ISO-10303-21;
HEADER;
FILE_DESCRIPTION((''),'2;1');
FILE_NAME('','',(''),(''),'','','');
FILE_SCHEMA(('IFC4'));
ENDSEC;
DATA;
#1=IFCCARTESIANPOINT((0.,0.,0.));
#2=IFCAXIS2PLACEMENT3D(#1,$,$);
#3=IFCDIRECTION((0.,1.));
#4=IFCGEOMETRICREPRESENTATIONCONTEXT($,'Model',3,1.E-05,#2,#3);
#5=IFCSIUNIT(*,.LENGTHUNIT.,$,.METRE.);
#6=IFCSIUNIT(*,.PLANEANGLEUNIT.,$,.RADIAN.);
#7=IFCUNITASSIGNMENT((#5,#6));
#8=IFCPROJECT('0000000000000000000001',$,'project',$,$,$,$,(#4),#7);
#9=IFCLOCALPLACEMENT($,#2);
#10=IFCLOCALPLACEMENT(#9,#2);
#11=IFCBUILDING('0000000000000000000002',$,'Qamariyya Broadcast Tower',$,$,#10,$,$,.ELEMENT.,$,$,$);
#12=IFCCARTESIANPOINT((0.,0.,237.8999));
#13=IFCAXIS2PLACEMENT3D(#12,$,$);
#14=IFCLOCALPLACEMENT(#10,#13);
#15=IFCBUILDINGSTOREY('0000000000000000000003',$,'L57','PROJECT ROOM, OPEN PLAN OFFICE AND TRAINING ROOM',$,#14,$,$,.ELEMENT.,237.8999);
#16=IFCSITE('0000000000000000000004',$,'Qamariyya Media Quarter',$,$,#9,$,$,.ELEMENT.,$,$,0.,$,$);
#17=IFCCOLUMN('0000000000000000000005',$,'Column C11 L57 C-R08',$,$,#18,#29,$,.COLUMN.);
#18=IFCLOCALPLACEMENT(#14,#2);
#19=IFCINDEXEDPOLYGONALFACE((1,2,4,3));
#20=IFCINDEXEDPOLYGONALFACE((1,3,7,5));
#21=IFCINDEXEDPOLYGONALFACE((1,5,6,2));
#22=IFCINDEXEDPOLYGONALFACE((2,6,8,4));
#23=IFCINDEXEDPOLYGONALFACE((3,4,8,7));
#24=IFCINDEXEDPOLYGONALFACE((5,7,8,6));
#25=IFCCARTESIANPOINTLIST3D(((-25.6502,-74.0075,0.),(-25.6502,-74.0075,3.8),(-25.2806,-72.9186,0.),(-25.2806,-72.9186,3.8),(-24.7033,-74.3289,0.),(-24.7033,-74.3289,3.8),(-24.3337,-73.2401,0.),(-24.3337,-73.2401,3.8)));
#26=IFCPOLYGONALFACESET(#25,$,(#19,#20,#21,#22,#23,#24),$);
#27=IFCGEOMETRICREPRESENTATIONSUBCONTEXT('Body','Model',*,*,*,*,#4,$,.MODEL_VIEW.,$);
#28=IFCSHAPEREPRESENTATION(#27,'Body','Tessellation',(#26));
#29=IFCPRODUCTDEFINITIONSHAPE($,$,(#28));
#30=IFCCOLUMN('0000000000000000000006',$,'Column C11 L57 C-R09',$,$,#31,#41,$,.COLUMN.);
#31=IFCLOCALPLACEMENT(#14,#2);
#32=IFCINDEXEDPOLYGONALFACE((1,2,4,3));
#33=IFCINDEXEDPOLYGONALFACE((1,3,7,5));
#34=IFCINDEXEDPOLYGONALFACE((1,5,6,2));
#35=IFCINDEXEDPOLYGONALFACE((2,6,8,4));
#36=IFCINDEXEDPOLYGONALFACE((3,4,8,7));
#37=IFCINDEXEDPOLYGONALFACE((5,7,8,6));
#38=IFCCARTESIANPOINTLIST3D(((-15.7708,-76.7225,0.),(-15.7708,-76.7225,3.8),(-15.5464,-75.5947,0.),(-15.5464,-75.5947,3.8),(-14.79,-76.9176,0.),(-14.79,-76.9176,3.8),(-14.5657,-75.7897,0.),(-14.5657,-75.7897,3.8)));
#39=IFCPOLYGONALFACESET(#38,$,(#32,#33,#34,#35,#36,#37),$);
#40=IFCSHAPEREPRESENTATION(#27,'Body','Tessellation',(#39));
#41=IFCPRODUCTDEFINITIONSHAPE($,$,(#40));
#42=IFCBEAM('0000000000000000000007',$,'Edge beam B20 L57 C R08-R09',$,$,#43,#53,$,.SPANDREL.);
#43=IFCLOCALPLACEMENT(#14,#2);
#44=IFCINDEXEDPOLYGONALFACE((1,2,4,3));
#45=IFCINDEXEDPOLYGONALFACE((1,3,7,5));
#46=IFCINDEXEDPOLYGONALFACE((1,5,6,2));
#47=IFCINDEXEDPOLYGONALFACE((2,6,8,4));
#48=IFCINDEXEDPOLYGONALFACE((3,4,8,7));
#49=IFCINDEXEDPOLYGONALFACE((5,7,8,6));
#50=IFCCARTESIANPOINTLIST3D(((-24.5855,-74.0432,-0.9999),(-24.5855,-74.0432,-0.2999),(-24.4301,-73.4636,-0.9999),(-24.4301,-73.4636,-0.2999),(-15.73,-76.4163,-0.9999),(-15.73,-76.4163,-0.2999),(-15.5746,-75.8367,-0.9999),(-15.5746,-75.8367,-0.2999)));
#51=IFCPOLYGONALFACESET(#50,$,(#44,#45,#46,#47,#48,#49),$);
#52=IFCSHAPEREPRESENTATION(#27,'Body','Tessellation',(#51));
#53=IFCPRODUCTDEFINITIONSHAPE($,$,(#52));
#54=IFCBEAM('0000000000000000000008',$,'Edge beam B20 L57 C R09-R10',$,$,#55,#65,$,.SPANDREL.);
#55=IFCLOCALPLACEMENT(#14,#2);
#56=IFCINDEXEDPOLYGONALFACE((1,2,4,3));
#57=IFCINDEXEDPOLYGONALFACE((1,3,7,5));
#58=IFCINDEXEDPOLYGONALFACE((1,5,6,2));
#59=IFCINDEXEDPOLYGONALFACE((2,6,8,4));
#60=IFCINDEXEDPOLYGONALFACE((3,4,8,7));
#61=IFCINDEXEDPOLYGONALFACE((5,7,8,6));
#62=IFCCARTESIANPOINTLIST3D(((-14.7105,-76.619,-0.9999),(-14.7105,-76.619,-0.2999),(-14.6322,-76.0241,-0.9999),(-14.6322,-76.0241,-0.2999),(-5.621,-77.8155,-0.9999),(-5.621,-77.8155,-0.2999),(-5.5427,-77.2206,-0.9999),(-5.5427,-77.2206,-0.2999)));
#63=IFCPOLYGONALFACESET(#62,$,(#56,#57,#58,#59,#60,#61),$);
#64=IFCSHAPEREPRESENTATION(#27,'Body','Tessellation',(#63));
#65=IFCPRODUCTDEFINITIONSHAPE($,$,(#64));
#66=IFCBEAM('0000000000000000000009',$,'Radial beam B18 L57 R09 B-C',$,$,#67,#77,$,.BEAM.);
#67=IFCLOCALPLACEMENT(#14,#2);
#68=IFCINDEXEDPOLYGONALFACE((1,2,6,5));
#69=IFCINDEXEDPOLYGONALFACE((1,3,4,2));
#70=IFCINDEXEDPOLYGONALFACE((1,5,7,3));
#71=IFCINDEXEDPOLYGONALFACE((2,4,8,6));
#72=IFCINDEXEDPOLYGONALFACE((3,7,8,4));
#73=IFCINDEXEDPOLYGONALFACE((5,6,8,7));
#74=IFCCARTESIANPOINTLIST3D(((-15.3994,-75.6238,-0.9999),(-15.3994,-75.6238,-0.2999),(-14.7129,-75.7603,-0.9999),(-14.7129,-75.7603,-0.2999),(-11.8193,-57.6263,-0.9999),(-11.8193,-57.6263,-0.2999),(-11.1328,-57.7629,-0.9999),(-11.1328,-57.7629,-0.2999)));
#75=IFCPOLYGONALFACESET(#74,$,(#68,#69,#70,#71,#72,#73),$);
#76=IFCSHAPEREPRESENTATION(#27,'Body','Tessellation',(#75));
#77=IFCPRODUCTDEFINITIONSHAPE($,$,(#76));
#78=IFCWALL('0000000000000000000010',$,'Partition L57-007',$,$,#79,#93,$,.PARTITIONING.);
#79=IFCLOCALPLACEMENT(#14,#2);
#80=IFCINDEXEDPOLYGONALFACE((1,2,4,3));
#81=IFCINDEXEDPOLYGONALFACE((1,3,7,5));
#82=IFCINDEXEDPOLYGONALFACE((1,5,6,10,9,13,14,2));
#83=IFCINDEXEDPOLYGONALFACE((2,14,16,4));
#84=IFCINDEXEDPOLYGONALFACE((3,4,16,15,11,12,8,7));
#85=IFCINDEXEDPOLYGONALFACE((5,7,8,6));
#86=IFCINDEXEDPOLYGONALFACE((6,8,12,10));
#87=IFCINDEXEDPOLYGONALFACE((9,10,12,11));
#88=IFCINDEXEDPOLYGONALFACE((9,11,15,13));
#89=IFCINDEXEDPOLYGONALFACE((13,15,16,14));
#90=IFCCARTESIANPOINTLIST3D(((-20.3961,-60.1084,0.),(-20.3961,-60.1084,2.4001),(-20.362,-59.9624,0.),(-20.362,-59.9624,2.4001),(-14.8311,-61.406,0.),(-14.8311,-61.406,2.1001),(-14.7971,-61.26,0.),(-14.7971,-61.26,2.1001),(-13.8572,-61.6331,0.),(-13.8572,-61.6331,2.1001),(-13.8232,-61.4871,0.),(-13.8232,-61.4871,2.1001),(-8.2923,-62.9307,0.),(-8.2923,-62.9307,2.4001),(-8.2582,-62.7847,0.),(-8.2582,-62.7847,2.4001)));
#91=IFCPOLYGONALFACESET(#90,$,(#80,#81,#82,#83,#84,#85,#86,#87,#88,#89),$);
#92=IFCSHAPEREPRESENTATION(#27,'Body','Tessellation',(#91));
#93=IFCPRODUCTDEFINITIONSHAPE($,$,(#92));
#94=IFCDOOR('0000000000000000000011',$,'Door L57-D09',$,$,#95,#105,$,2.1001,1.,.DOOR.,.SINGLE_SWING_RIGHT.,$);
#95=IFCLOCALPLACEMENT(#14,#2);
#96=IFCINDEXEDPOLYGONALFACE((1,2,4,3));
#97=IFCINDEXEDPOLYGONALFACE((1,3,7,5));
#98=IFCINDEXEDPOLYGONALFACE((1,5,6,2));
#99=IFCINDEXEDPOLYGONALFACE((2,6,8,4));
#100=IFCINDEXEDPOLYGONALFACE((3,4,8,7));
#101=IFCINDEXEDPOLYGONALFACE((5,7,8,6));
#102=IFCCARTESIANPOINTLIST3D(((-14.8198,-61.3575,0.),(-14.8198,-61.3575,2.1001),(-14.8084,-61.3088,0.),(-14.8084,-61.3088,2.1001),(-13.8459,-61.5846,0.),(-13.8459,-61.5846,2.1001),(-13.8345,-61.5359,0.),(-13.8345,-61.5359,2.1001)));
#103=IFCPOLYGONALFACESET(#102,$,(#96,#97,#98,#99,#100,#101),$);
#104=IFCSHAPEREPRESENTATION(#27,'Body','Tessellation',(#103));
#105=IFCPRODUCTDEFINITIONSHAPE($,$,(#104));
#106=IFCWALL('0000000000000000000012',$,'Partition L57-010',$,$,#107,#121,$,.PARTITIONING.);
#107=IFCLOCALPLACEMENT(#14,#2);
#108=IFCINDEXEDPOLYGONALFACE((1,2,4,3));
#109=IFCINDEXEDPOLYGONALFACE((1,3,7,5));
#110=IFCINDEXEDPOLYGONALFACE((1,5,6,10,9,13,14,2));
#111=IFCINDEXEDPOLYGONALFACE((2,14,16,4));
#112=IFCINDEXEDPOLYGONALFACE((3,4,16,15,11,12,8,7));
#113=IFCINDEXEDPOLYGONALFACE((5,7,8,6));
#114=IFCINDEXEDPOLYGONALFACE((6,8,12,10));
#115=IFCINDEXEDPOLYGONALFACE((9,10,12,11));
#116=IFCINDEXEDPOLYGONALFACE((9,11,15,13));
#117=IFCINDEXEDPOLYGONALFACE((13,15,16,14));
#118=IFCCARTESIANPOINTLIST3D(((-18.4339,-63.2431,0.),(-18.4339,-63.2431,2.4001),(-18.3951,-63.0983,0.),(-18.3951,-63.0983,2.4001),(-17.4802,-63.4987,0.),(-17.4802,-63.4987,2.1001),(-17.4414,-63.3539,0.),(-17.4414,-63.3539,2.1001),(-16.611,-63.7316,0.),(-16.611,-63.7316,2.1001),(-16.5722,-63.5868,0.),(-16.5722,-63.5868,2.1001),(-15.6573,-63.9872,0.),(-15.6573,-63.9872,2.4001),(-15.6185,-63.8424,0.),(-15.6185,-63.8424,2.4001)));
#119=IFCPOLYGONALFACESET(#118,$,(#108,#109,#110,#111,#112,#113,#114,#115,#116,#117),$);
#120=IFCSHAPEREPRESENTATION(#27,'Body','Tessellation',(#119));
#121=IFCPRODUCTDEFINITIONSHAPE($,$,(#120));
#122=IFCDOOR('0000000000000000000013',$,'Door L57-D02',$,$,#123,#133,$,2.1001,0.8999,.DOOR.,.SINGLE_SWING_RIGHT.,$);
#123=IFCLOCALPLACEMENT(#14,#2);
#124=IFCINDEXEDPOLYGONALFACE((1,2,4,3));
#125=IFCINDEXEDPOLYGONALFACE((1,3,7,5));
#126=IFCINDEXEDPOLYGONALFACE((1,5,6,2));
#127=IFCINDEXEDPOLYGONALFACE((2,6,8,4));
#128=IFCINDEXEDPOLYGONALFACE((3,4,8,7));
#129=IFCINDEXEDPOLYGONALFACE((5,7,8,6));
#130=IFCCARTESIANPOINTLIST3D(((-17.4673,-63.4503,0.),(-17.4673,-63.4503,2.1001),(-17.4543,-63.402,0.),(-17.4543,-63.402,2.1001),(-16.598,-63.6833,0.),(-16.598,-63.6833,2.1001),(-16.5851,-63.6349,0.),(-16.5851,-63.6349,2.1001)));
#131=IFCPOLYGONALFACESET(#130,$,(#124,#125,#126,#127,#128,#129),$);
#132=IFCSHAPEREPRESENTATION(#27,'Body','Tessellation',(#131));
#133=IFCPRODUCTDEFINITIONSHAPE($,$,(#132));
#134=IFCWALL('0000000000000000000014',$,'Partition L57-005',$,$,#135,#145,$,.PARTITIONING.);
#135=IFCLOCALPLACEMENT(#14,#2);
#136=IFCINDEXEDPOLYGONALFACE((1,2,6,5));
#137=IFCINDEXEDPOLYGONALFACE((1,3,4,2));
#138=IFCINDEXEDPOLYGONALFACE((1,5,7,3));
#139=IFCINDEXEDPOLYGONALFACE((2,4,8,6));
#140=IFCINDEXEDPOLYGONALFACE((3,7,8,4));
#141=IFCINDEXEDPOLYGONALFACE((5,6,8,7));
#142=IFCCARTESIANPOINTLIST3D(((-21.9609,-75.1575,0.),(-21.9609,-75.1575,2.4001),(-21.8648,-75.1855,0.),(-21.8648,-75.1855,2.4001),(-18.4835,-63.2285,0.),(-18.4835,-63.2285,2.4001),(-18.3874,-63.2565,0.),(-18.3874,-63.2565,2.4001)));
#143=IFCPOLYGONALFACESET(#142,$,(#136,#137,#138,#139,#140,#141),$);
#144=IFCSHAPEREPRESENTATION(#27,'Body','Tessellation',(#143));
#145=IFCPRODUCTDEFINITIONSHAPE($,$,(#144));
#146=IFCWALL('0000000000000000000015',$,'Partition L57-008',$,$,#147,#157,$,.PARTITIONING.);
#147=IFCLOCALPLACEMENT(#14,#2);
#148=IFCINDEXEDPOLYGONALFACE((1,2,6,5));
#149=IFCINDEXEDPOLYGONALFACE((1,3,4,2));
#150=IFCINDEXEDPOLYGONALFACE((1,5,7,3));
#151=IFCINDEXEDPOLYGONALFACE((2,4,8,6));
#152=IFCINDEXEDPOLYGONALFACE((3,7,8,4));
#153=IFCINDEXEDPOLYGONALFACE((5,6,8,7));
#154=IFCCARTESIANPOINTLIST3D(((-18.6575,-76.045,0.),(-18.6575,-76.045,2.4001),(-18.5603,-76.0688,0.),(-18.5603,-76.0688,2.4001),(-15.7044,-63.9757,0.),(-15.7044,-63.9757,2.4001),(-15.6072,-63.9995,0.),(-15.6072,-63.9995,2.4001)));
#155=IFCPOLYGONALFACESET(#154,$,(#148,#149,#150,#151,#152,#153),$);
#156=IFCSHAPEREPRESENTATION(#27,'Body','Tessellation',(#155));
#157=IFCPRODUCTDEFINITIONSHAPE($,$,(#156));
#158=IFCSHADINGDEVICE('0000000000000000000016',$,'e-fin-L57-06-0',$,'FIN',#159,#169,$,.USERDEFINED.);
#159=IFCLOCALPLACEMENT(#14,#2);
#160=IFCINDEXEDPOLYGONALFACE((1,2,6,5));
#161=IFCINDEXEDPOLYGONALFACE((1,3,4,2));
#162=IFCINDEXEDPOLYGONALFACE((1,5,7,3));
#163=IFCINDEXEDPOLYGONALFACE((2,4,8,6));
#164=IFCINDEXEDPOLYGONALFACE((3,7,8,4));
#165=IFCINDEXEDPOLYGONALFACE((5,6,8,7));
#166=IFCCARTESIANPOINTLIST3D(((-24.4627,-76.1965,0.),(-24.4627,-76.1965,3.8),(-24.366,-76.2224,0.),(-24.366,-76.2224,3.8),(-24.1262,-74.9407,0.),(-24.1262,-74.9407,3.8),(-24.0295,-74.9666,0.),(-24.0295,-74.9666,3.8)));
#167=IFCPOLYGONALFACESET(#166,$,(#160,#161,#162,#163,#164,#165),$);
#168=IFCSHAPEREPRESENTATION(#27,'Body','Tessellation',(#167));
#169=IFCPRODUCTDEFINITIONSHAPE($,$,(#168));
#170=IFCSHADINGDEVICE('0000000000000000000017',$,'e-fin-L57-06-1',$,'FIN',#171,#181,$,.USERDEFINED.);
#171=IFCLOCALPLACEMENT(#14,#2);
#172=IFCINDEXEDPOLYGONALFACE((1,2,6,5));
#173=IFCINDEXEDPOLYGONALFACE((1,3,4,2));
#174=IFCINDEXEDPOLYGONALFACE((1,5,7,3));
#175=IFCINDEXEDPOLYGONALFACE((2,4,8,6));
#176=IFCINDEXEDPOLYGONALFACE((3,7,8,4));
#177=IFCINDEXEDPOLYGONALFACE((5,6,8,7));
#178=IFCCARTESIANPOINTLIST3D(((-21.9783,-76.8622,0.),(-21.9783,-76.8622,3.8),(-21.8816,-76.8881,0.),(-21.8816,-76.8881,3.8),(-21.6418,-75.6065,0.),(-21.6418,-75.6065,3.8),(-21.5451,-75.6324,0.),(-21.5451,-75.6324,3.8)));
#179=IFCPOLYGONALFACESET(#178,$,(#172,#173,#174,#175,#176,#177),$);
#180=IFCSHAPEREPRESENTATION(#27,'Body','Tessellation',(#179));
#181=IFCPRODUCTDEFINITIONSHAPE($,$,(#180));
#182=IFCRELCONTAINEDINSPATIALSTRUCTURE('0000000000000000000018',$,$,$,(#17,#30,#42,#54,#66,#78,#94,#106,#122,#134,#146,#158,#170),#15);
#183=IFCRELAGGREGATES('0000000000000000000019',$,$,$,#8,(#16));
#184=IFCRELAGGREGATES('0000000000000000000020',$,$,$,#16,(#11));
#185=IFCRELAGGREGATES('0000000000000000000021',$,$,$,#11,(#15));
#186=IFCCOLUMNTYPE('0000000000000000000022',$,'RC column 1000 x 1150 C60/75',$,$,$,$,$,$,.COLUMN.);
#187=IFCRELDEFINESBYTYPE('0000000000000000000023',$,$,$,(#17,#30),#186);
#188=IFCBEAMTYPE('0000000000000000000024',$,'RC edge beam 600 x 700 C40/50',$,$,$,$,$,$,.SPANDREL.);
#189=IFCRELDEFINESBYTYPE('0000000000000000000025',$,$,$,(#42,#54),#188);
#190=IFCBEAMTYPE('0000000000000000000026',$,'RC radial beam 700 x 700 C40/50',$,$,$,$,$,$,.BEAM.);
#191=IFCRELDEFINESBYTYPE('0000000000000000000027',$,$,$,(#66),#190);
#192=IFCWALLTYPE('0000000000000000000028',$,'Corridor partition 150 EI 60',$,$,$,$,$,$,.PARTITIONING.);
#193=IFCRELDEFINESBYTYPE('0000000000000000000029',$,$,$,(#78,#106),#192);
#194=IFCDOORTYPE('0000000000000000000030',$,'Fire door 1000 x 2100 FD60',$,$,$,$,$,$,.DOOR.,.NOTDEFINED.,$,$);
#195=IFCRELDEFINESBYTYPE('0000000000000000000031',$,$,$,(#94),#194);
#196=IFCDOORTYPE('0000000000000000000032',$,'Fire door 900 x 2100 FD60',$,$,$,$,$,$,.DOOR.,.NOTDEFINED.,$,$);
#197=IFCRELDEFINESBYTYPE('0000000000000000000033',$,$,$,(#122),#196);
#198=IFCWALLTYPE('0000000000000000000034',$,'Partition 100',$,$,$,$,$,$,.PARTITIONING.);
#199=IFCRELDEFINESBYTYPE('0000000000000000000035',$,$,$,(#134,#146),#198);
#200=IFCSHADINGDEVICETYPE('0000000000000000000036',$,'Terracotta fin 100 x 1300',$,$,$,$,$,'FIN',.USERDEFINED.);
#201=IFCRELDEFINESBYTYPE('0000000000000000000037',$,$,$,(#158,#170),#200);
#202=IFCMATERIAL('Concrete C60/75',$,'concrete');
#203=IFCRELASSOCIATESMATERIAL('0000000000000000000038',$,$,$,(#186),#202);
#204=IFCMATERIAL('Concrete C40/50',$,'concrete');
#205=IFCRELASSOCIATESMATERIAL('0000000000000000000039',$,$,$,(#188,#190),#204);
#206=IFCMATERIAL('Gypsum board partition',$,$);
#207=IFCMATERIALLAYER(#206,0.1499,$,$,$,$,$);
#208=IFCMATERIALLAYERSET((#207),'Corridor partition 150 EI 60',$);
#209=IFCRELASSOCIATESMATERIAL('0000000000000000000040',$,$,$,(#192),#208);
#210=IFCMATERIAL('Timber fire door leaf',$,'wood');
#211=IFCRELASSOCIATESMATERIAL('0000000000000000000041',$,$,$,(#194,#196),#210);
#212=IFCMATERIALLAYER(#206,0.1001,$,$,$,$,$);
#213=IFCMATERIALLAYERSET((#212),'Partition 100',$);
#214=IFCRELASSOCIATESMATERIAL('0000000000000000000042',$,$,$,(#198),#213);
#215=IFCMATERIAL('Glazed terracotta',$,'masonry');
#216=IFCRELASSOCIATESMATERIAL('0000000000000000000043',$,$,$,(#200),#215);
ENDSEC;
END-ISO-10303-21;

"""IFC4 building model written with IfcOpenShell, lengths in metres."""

from ifc_helpers import new_model, si_unit, direction, frame, frame_2d, origin, origin_2d, place, context, subcontext, project, spatial, rectangle, extrude, material, layer, layer_set, material_profile, profile_set, type_object, element, fill, save


model = new_model("IFC4")

# Units and contexts
model_context = context("Model", 3, precision=1e-05, world=origin(), true_north=direction((0.0, 1.0)))
body_context = subcontext(model_context, "Body", "Model", "MODEL_VIEW")
ifc_project = project(units=[si_unit("LENGTHUNIT", "METRE"), si_unit("PLANEANGLEUNIT", "RADIAN")], contexts=[model_context])

# Site, building, storey
site_placement = place(None, origin())
site = spatial("IfcSite", under=ifc_project, at=site_placement, Name="Qamariyya Media Quarter", CompositionType="ELEMENT", RefElevation=0.0)
building_placement = place(site_placement, origin())
building = spatial("IfcBuilding", under=site, at=building_placement, Name="Qamariyya Broadcast Tower", CompositionType="ELEMENT")
storey_placement = place(building_placement, frame((0.0, 0.0, 237.8999)))
storey = spatial("IfcBuildingStorey", under=building, at=storey_placement, Name="L57", Description="PROJECT ROOM, OPEN PLAN OFFICE AND TRAINING ROOM", CompositionType="ELEMENT", Elevation=237.8999)

# Columns
ifc_material_1 = material(Name="Concrete C60/75", Category="concrete")
ifc_material_profile_1 = material_profile(ifc_material_1, rectangle(XDim=1.0, YDim=1.1499, at=origin_2d()))
ifc_profile_set_1 = profile_set([ifc_material_profile_1], Name="Concrete C60/75")
column_type = type_object("IfcColumnType", Name="RC column 1000 x 1150 C60/75", PredefinedType="COLUMN", material=ifc_profile_set_1)
for number, where, z_axis, x_axis, name in (
    (1, (-24.9919, -73.6238, 0.0), (0.0, 0.0, 1.0), (0.94693, -0.321439, 0.0), "Column C11 L57 C-R08"),
    (2, (-15.1682, -76.2561, 0.0), (0.0, 0.0, 1.0), (0.980785, -0.19509, 0.0), "Column C11 L57 C-R09"),
):
    element("IfcColumn", number, at=place(storey_placement, frame(where, z_axis=z_axis, x_axis=x_axis)), inside=storey, type_object=column_type, Name=name, PredefinedType="COLUMN", context=body_context, shape_type="SweptSolid", body=[
        extrude(rectangle(XDim=1.0, YDim=1.1499, at=origin_2d()), origin(), (0.0, 0.0, 1.0), 3.8),
    ])

# Beams
ifc_material_2 = material(Name="Concrete C40/50", Category="concrete")
ifc_material_profile_2 = material_profile(ifc_material_2, rectangle(XDim=0.6001, YDim=0.7, at=origin_2d()))
ifc_profile_set_2 = profile_set([ifc_material_profile_2], Name="Concrete C40/50")
beam_type_1 = type_object("IfcBeamType", Name="RC edge beam 600 x 700 C40/50", PredefinedType="SPANDREL", material=ifc_profile_set_2)
for number, where, z_axis, x_axis, name in (
    (3, (-24.5078, -73.7534, -0.6499), (0.96592, -0.258843, 0.0), (0.258843, 0.96592, 0.0), "Edge beam B20 L57 C R08-R09"),
    (4, (-14.6714, -76.3215, -0.6499), (0.991447, -0.130512, 0.0), (0.130512, 0.991447, 0.0), "Edge beam B20 L57 C R09-R10"),
):
    element("IfcBeam", number, at=place(storey_placement, frame(where, z_axis=z_axis, x_axis=x_axis)), inside=storey, type_object=beam_type_1, Name=name, PredefinedType="SPANDREL", context=body_context, shape_type="SweptSolid", body=[
        extrude(rectangle(XDim=0.6001, YDim=0.7, at=origin_2d()), origin(), (0.0, 0.0, 1.0), 9.168),
    ])
ifc_material_profile_3 = material_profile(ifc_material_2, rectangle(XDim=0.7, YDim=0.7, at=origin_2d()))
ifc_profile_set_3 = profile_set([ifc_material_profile_3], Name="Concrete C40/50")
beam_type_2 = type_object("IfcBeamType", Name="RC radial beam 700 x 700 C40/50", PredefinedType="BEAM", material=ifc_profile_set_3)
beam_placement = place(storey_placement, frame((-11.4761, -57.6946, -0.6499), z_axis=(-0.195098, -0.980784, 0.0), x_axis=(0.980784, -0.195098, 0.0)))
element("IfcBeam", 5, at=beam_placement, inside=storey, type_object=beam_type_2, Name="Radial beam B18 L57 R09 B-C", PredefinedType="BEAM", context=body_context, shape_type="SweptSolid", body=[
    extrude(rectangle(XDim=0.7, YDim=0.7, at=origin_2d()), origin(), (0.0, 0.0, 1.0), 18.3501),
])

# Walls, openings, doors
ifc_material_3 = material(Name="Gypsum board partition")
ifc_layer_1 = layer(ifc_material_3, 0.1499)
ifc_layer_set_1 = layer_set([ifc_layer_1], Name="Corridor partition 150 EI 60")
wall_type_1 = type_object("IfcWallType", Name="Corridor partition 150 EI 60", PredefinedType="PARTITIONING", material=ifc_layer_set_1)
wall_1_placement = place(storey_placement, frame((-20.3792, -60.0354, 0.0), z_axis=(0.0, 0.0, 1.0), x_axis=(0.973876, -0.227081, 0.0)))
wall_1 = element("IfcWall", 6, at=wall_1_placement, inside=storey, type_object=wall_type_1, Name="Partition L57-007", PredefinedType="PARTITIONING", context=body_context, shape_type="SweptSolid", body=[
    extrude(rectangle(XDim=12.4285, YDim=0.1499, at=frame_2d((6.2144, 0.0))), origin(), (0.0, 0.0, 1.0), 2.4001),
])
opening_1_placement = place(wall_1_placement, frame((5.7144, 0.0, 0.0)))
opening_1 = element("IfcOpeningElement", 7, at=opening_1_placement, cuts=wall_1, PredefinedType="OPENING", context=body_context, shape_type="SweptSolid", body=[
    extrude(rectangle(XDim=1.0, YDim=2.1001, at=frame_2d((0.5, 1.05))), frame((0.0, 0.085, 0.0), z_axis=(0.0, -1.0, 0.0), x_axis=(1.0, 0.0, 0.0)), (0.0, 0.0, 1.0), 0.1699),
])
ifc_material_4 = material(Name="Timber fire door leaf", Category="wood")
door_type_1 = type_object("IfcDoorType", Name="Fire door 1000 x 2100 FD60", OperationType="NOTDEFINED", PredefinedType="DOOR", material=ifc_material_4)
door_1_placement = place(opening_1_placement, origin())
door_1 = element("IfcDoor", 8, at=door_1_placement, inside=storey, type_object=door_type_1, Name="Door L57-D09", OperationType="SINGLE_SWING_RIGHT", OverallHeight=2.1001, OverallWidth=1.0, PredefinedType="DOOR", context=body_context, shape_type="SweptSolid", body=[
    extrude(rectangle(XDim=1.0, YDim=2.1001, at=frame_2d((0.5, 1.05))), frame((0.0, 0.0249, 0.0), z_axis=(0.0, -1.0, 0.0), x_axis=(1.0, 0.0, 0.0)), (0.0, 0.0, 1.0), 0.05),
])
fill(opening_1, door_1)
wall_2_placement = place(storey_placement, frame((-15.6379, -63.9148, 0.0), z_axis=(0.0, 0.0, 1.0), x_axis=(-0.965913, 0.258868, 0.0)))
wall_2 = element("IfcWall", 9, at=wall_2_placement, inside=storey, type_object=wall_type_1, Name="Partition L57-010", PredefinedType="PARTITIONING", context=body_context, shape_type="SweptSolid", body=[
    extrude(rectangle(XDim=2.8745, YDim=0.1499, at=frame_2d((1.4373, 0.0))), origin(), (0.0, 0.0, 1.0), 2.4001),
])
opening_2_placement = place(wall_2_placement, frame((0.9873, 0.0, 0.0)))
opening_2 = element("IfcOpeningElement", 10, at=opening_2_placement, cuts=wall_2, PredefinedType="OPENING", context=body_context, shape_type="SweptSolid", body=[
    extrude(rectangle(XDim=0.8999, YDim=2.1001, at=frame_2d((0.45, 1.05))), frame((0.0, 0.085, 0.0), z_axis=(0.0, -1.0, 0.0), x_axis=(1.0, 0.0, 0.0)), (0.0, 0.0, 1.0), 0.1699),
])
door_type_2 = type_object("IfcDoorType", Name="Fire door 900 x 2100 FD60", OperationType="NOTDEFINED", PredefinedType="DOOR", material=ifc_material_4)
door_2_placement = place(opening_2_placement, origin())
door_2 = element("IfcDoor", 11, at=door_2_placement, inside=storey, type_object=door_type_2, Name="Door L57-D02", OperationType="SINGLE_SWING_RIGHT", OverallHeight=2.1001, OverallWidth=0.8999, PredefinedType="DOOR", context=body_context, shape_type="SweptSolid", body=[
    extrude(rectangle(XDim=0.8999, YDim=2.1001, at=frame_2d((0.45, 1.05))), frame((0.0, 0.0249, 0.0), z_axis=(0.0, -1.0, 0.0), x_axis=(1.0, 0.0, 0.0)), (0.0, 0.0, 1.0), 0.05),
])
fill(opening_2, door_2)

# Walls
ifc_layer_2 = layer(ifc_material_3, 0.1001)
ifc_layer_set_2 = layer_set([ifc_layer_2], Name="Partition 100")
wall_type_2 = type_object("IfcWallType", Name="Partition 100", PredefinedType="PARTITIONING", material=ifc_layer_set_2)
wall_3_placement = place(storey_placement, frame((-21.9128, -75.1716, 0.0), z_axis=(0.0, 0.0, 1.0), x_axis=(0.279853, 0.960043, 0.0)))
element("IfcWall", 12, at=wall_3_placement, inside=storey, type_object=wall_type_2, Name="Partition L57-005", PredefinedType="PARTITIONING", context=body_context, shape_type="SweptSolid", body=[
    extrude(rectangle(XDim=12.4255, YDim=0.1001, at=frame_2d((6.2129, 0.0))), origin(), (0.0, 0.0, 1.0), 2.4001),
])
wall_4_placement = place(storey_placement, frame((-18.6089, -76.0569, 0.0), z_axis=(0.0, 0.0, 1.0), x_axis=(0.237669, 0.971346, 0.0)))
element("IfcWall", 13, at=wall_4_placement, inside=storey, type_object=wall_type_2, Name="Partition L57-008", PredefinedType="PARTITIONING", context=body_context, shape_type="SweptSolid", body=[
    extrude(rectangle(XDim=12.4253, YDim=0.1001, at=frame_2d((6.2126, 0.0))), origin(), (0.0, 0.0, 1.0), 2.4001),
])

# Shading devices
ifc_material_5 = material(Name="Glazed terracotta", Category="masonry")
ifc_material_profile_4 = material_profile(ifc_material_5, rectangle(XDim=1.3, YDim=0.1001, at=origin_2d()))
ifc_profile_set_4 = profile_set([ifc_material_profile_4], Name="Glazed terracotta")
shading_device_type_1 = type_object("IfcShadingDeviceType", Name="Terracotta fin 100 x 1300", ElementType="FIN", PredefinedType="USERDEFINED", material=ifc_profile_set_4)
for number, where, z_axis, x_axis, name in (
    (14, (-24.2461, -75.5815, 0.0), (0.0, 0.0, 1.0), (-0.258819, -0.965926, 0.0), "e-fin-L57-06-0"),
    (15, (-21.7617, -76.2473, 0.0), (0.0, 0.0, 1.0), (-0.258819, -0.965926, 0.0), "e-fin-L57-06-1"),
):
    element("IfcShadingDevice", number, at=place(storey_placement, frame(where, z_axis=z_axis, x_axis=x_axis)), inside=storey, type_object=shading_device_type_1, Name=name, ObjectType="FIN", PredefinedType="USERDEFINED", context=body_context, shape_type="SweptSolid", body=[
        extrude(rectangle(XDim=1.3, YDim=0.1001, at=origin_2d()), origin(), (0.0, 0.0, 1.0), 3.8),
    ])

save(model, "model.ifc")
